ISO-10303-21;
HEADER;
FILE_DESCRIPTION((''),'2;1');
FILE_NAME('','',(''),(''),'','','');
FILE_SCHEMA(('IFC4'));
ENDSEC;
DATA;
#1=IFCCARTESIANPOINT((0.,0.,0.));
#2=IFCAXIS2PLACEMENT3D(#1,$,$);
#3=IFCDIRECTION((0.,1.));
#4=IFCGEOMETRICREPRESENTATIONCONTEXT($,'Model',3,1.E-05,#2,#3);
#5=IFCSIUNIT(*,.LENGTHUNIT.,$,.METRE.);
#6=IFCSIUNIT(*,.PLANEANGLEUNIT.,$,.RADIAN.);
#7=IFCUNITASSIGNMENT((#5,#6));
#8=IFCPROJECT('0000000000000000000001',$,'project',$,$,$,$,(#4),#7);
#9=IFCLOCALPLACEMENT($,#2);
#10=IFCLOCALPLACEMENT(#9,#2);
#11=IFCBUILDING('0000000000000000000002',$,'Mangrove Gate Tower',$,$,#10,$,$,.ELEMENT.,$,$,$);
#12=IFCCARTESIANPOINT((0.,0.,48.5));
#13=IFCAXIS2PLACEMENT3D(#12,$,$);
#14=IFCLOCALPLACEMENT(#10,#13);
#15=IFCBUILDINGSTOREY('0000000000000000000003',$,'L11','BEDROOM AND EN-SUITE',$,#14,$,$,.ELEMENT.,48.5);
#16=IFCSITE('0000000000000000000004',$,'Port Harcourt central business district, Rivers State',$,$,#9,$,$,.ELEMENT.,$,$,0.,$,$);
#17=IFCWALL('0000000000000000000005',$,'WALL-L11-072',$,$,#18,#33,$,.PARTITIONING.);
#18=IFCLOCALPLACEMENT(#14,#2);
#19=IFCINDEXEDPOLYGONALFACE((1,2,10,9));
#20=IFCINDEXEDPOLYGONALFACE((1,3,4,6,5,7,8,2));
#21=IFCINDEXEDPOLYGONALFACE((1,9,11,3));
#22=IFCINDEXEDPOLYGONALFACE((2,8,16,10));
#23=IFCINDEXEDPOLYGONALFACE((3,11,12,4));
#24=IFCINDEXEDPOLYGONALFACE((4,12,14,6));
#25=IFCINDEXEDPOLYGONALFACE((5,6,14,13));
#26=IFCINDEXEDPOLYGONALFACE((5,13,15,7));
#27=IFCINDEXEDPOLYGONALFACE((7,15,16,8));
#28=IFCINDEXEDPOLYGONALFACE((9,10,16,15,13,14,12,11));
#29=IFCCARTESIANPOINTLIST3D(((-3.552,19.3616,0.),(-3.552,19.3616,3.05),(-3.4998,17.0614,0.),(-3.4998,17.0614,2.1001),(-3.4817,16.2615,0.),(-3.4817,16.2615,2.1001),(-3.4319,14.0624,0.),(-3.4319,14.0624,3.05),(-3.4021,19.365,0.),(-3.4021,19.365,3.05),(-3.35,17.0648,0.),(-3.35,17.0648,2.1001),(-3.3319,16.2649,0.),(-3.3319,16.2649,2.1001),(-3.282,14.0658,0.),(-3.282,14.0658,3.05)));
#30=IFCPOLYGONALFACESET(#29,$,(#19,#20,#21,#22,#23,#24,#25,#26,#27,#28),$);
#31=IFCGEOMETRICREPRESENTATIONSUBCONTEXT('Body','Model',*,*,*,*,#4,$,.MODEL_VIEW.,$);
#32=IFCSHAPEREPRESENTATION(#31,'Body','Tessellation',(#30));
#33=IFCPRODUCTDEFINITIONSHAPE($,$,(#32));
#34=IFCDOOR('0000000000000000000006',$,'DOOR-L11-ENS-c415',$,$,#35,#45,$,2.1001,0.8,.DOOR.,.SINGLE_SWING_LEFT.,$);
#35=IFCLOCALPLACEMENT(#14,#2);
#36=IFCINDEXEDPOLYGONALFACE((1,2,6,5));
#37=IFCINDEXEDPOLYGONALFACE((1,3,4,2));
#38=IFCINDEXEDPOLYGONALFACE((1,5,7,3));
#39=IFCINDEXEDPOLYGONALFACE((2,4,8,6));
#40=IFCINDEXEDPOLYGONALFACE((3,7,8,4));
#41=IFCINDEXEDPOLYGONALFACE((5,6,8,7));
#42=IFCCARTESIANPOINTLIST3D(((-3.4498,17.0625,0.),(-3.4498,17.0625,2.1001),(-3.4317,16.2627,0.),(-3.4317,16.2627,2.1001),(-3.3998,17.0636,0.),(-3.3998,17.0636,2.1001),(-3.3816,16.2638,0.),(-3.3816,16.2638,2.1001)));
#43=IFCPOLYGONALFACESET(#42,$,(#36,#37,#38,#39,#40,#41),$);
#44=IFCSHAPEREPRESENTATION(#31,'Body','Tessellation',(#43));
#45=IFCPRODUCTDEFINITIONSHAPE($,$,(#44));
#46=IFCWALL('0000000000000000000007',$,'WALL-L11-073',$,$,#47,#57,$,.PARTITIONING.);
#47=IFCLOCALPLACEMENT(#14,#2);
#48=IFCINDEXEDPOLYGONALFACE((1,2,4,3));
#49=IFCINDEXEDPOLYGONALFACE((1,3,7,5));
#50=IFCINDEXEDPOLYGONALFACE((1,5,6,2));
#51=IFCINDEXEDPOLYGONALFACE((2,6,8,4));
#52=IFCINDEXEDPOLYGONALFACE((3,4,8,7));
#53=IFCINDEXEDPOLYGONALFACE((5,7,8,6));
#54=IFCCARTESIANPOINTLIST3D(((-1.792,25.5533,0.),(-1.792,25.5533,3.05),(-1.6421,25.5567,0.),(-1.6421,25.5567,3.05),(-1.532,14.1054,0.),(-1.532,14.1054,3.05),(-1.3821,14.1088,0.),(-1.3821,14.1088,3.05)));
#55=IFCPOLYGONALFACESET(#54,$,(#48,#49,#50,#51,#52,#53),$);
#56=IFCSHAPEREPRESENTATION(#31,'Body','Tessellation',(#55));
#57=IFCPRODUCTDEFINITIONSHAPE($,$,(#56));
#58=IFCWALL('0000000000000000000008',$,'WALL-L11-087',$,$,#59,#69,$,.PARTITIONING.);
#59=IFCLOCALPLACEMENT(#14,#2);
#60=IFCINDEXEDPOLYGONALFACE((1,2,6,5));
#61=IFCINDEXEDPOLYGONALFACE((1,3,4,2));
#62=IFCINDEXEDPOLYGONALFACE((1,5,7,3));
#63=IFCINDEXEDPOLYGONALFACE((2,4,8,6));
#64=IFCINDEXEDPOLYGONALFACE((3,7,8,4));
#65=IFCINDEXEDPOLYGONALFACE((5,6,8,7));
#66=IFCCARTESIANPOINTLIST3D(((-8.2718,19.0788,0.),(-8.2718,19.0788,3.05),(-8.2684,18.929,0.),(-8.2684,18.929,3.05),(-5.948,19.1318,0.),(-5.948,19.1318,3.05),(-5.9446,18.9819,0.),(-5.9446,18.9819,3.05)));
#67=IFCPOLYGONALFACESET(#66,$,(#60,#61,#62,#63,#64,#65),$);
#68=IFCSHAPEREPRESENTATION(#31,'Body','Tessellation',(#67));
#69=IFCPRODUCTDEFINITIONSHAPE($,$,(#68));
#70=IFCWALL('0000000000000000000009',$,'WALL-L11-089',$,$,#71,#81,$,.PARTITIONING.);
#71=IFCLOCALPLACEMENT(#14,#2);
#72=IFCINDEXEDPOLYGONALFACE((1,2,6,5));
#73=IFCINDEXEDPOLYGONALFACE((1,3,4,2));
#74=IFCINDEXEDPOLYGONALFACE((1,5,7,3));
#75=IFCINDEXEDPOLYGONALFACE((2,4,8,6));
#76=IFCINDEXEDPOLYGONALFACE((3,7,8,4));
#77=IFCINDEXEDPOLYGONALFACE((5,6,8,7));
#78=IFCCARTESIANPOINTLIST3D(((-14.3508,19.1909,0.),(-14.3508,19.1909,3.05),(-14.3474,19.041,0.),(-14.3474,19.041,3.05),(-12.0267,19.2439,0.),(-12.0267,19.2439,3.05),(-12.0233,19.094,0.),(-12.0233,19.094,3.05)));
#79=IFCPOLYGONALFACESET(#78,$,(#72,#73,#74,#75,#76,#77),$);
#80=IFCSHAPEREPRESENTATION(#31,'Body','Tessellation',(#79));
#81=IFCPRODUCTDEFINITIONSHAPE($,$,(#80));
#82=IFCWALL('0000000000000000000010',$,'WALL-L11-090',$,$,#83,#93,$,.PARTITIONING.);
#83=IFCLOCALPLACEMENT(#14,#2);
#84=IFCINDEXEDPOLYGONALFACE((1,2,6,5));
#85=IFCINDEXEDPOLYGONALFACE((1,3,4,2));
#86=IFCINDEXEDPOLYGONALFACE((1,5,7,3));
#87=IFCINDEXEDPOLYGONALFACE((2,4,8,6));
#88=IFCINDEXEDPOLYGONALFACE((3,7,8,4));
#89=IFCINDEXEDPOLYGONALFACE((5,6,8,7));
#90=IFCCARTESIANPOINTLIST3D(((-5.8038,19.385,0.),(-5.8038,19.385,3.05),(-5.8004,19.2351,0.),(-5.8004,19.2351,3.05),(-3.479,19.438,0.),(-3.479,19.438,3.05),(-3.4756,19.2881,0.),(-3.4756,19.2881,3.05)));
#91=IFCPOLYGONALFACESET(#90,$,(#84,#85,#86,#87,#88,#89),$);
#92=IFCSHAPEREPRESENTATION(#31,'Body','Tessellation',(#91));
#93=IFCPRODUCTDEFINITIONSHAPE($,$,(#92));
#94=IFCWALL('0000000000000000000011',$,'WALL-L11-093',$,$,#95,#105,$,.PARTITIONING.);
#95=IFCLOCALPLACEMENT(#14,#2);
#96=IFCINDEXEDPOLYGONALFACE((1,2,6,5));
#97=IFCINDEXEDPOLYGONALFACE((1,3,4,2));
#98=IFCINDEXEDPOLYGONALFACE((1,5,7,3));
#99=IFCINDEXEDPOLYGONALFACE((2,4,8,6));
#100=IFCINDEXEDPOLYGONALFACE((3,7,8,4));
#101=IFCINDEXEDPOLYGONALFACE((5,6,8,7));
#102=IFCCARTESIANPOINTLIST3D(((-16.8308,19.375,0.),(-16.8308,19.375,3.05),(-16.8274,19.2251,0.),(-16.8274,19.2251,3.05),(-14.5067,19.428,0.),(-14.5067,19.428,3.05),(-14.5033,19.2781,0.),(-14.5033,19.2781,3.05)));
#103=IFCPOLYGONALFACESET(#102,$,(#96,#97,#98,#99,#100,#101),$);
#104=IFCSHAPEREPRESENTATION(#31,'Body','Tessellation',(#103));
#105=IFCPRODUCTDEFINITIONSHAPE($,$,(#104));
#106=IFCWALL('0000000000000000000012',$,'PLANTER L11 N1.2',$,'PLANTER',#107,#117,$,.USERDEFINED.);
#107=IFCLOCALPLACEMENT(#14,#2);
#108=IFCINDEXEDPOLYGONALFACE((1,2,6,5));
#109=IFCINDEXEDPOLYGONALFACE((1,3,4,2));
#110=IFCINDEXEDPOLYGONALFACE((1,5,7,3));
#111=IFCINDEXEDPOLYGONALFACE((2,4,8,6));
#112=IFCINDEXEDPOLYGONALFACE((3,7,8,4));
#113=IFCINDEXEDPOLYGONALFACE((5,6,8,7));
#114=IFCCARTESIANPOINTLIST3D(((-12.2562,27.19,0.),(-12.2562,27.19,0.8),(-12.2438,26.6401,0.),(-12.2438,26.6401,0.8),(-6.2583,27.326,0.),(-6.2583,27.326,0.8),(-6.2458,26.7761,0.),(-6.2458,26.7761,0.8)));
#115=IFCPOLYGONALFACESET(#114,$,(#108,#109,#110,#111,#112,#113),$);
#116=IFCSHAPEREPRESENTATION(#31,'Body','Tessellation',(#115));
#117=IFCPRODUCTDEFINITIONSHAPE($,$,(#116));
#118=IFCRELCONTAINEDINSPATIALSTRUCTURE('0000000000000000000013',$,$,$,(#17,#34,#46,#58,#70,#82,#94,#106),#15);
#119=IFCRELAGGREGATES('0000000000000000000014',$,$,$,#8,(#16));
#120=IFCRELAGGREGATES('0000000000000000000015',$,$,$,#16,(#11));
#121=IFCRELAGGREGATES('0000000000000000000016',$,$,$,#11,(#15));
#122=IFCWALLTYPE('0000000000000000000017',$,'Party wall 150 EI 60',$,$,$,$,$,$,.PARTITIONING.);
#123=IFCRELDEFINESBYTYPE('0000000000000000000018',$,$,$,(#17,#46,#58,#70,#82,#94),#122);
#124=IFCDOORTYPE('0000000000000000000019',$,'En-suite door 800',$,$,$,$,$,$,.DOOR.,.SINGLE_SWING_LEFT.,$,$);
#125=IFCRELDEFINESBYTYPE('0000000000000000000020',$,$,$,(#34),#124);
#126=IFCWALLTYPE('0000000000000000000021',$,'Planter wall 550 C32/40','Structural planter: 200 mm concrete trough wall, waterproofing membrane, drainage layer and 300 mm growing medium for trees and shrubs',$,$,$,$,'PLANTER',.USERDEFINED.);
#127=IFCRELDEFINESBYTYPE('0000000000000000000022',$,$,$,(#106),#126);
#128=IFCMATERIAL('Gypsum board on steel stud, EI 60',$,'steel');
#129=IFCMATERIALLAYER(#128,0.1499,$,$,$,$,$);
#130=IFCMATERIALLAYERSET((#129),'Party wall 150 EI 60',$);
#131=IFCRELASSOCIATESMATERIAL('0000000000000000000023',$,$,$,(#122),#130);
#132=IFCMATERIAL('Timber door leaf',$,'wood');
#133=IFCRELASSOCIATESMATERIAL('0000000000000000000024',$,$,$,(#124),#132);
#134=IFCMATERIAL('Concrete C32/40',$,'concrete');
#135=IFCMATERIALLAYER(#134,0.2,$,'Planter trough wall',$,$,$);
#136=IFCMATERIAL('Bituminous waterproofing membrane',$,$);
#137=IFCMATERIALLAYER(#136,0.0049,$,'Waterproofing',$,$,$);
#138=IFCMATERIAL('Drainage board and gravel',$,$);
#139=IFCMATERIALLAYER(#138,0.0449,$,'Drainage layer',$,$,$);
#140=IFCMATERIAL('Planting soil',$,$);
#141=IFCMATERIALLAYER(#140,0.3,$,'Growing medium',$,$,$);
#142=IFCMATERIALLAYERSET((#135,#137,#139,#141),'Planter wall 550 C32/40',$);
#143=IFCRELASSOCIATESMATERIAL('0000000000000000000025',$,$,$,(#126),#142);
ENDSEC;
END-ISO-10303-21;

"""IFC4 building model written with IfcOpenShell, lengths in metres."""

from ifc_helpers import new_model, si_unit, direction, frame, frame_2d, origin, place, context, subcontext, project, spatial, rectangle, extrude, material, layer, layer_set, type_object, element, fill, save


model = new_model("IFC4")

# Units and contexts
model_context = context("Model", 3, precision=1e-05, world=origin(), true_north=direction((0.0, 1.0)))
body_context = subcontext(model_context, "Body", "Model", "MODEL_VIEW")
ifc_project = project(units=[si_unit("LENGTHUNIT", "METRE"), si_unit("PLANEANGLEUNIT", "RADIAN")], contexts=[model_context])

# Site, building, storey
site_placement = place(None, origin())
site = spatial("IfcSite", under=ifc_project, at=site_placement, Name="Port Harcourt central business district, Rivers State", CompositionType="ELEMENT", RefElevation=0.0)
building_placement = place(site_placement, origin())
building = spatial("IfcBuilding", under=site, at=building_placement, Name="Mangrove Gate Tower", CompositionType="ELEMENT")
storey_placement = place(building_placement, frame((0.0, 0.0, 48.5)))
storey = spatial("IfcBuildingStorey", under=building, at=storey_placement, Name="L11", Description="BEDROOM AND EN-SUITE", CompositionType="ELEMENT", Elevation=48.5)

# Shared definitions
ifc_material_1 = material(Name="Gypsum board on steel stud, EI 60", Category="steel")
ifc_layer_1 = layer(ifc_material_1, 0.1499)
ifc_layer_set_1 = layer_set([ifc_layer_1], Name="Party wall 150 EI 60")
wall_type_1 = type_object("IfcWallType", Name="Party wall 150 EI 60", PredefinedType="PARTITIONING", material=ifc_layer_set_1)

# Shared definitions
ifc_material_2 = material(Name="Timber door leaf", Category="wood")
door_type = type_object("IfcDoorType", Name="En-suite door 800", OperationType="SINGLE_SWING_LEFT", PredefinedType="DOOR", material=ifc_material_2)

# Wall, opening, door
wall_1_placement = place(storey_placement, frame((-3.3569, 14.064, 0.0), z_axis=(0.0, 0.0, 1.0), x_axis=(-0.022662, 0.999743, 0.0)))
wall_1 = element("IfcWall", 1, at=wall_1_placement, inside=storey, type_object=wall_type_1, Name="WALL-L11-072", PredefinedType="PARTITIONING", context=body_context, shape_type="SweptSolid", body=[
    extrude(rectangle(XDim=5.3005, YDim=0.1499, at=frame_2d((2.6504, 0.0))), origin(), (0.0, 0.0, 1.0), 3.05),
])
opening_1_placement = place(wall_1_placement, frame((2.2, 0.0, 0.0)))
opening_1 = element("IfcOpeningElement", 2, at=opening_1_placement, cuts=wall_1, PredefinedType="OPENING", context=body_context, shape_type="SweptSolid", body=[
    extrude(rectangle(XDim=0.8, YDim=2.1001, at=frame_2d((0.3999, 1.05))), frame((0.0, 0.085, 0.0), z_axis=(0.0, -1.0, 0.0), x_axis=(1.0, 0.0, 0.0)), (0.0, 0.0, 1.0), 0.1699),
])
door_1_placement = place(opening_1_placement, origin())
door_1 = element("IfcDoor", 3, at=door_1_placement, inside=storey, type_object=door_type, Name="DOOR-L11-ENS-c415", OperationType="SINGLE_SWING_LEFT", OverallHeight=2.1001, OverallWidth=0.8, PredefinedType="DOOR", context=body_context, shape_type="SweptSolid", body=[
    extrude(rectangle(XDim=0.8, YDim=2.1001, at=frame_2d((0.3999, 1.05))), frame((0.0, 0.0249, 0.0), z_axis=(0.0, -1.0, 0.0), x_axis=(1.0, 0.0, 0.0)), (0.0, 0.0, 1.0), 0.05),
])
fill(opening_1, door_1)

# Walls
wall_2_placement = place(storey_placement, frame((-1.457, 14.1069, 0.0), z_axis=(0.0, 0.0, 1.0), x_axis=(-0.022706, 0.999742, 0.0)))
element("IfcWall", 4, at=wall_2_placement, inside=storey, type_object=wall_type_1, Name="WALL-L11-073", PredefinedType="PARTITIONING", context=body_context, shape_type="SweptSolid", body=[
    extrude(rectangle(XDim=11.4509, YDim=0.1499, at=frame_2d((5.7256, 0.0))), origin(), (0.0, 0.0, 1.0), 3.05),
])
wall_3_placement = place(storey_placement, frame((-8.27, 19.0039, 0.0), z_axis=(0.0, 0.0, 1.0), x_axis=(0.99974, 0.022791, 0.0)))
element("IfcWall", 5, at=wall_3_placement, inside=storey, type_object=wall_type_1, Name="WALL-L11-087", PredefinedType="PARTITIONING", context=body_context, shape_type="SweptSolid", body=[
    extrude(rectangle(XDim=2.3245, YDim=0.1499, at=frame_2d((1.1621, 0.0))), origin(), (0.0, 0.0, 1.0), 3.05),
])
wall_4_placement = place(storey_placement, frame((-14.3491, 19.116, 0.0), z_axis=(0.0, 0.0, 1.0), x_axis=(0.99974, 0.022788, 0.0)))
element("IfcWall", 6, at=wall_4_placement, inside=storey, type_object=wall_type_1, Name="WALL-L11-089", PredefinedType="PARTITIONING", context=body_context, shape_type="SweptSolid", body=[
    extrude(rectangle(XDim=2.3247, YDim=0.1499, at=frame_2d((1.1624, 0.0))), origin(), (0.0, 0.0, 1.0), 3.05),
])
wall_5_placement = place(storey_placement, frame((-5.802, 19.3101, 0.0), z_axis=(0.0, 0.0, 1.0), x_axis=(0.99974, 0.022781, 0.0)))
element("IfcWall", 7, at=wall_5_placement, inside=storey, type_object=wall_type_1, Name="WALL-L11-090", PredefinedType="PARTITIONING", context=body_context, shape_type="SweptSolid", body=[
    extrude(rectangle(XDim=2.3254, YDim=0.1499, at=frame_2d((1.1626, 0.0))), origin(), (0.0, 0.0, 1.0), 3.05),
])
wall_6_placement = place(storey_placement, frame((-16.8291, 19.3, 0.0), z_axis=(0.0, 0.0, 1.0), x_axis=(0.99974, 0.022788, 0.0)))
element("IfcWall", 8, at=wall_6_placement, inside=storey, type_object=wall_type_1, Name="WALL-L11-093", PredefinedType="PARTITIONING", context=body_context, shape_type="SweptSolid", body=[
    extrude(rectangle(XDim=2.3247, YDim=0.1499, at=frame_2d((1.1624, 0.0))), origin(), (0.0, 0.0, 1.0), 3.05),
])
ifc_material_3 = material(Name="Concrete C32/40", Category="concrete")
ifc_layer_2 = layer(ifc_material_3, 0.2, Name="Planter trough wall")
ifc_material_4 = material(Name="Bituminous waterproofing membrane")
ifc_layer_3 = layer(ifc_material_4, 0.0049, Name="Waterproofing")
ifc_material_5 = material(Name="Drainage board and gravel")
ifc_layer_4 = layer(ifc_material_5, 0.0449, Name="Drainage layer")
ifc_material_6 = material(Name="Planting soil")
ifc_layer_5 = layer(ifc_material_6, 0.3, Name="Growing medium")
ifc_layer_set_2 = layer_set([ifc_layer_2, ifc_layer_3, ifc_layer_4, ifc_layer_5], Name="Planter wall 550 C32/40")
wall_type_2 = type_object("IfcWallType", Name="Planter wall 550 C32/40", Description="Structural planter: 200 mm concrete trough wall, waterproofing membrane, drainage layer and 300 mm growing medium for trees and shrubs", ElementType="PLANTER", PredefinedType="USERDEFINED", material=ifc_layer_set_2)
wall_7_placement = place(storey_placement, frame((-12.25, 26.915, 0.0), z_axis=(0.0, 0.0, 1.0), x_axis=(0.999743, 0.022666, 0.0)))
element("IfcWall", 9, at=wall_7_placement, inside=storey, type_object=wall_type_2, Name="PLANTER L11 N1.2", ObjectType="PLANTER", PredefinedType="USERDEFINED", context=body_context, shape_type="SweptSolid", body=[
    extrude(rectangle(XDim=5.9995, YDim=0.55, at=frame_2d((2.9998, 0.0))), origin(), (0.0, 0.0, 1.0), 0.8),
])

save(model, "model.ifc")
